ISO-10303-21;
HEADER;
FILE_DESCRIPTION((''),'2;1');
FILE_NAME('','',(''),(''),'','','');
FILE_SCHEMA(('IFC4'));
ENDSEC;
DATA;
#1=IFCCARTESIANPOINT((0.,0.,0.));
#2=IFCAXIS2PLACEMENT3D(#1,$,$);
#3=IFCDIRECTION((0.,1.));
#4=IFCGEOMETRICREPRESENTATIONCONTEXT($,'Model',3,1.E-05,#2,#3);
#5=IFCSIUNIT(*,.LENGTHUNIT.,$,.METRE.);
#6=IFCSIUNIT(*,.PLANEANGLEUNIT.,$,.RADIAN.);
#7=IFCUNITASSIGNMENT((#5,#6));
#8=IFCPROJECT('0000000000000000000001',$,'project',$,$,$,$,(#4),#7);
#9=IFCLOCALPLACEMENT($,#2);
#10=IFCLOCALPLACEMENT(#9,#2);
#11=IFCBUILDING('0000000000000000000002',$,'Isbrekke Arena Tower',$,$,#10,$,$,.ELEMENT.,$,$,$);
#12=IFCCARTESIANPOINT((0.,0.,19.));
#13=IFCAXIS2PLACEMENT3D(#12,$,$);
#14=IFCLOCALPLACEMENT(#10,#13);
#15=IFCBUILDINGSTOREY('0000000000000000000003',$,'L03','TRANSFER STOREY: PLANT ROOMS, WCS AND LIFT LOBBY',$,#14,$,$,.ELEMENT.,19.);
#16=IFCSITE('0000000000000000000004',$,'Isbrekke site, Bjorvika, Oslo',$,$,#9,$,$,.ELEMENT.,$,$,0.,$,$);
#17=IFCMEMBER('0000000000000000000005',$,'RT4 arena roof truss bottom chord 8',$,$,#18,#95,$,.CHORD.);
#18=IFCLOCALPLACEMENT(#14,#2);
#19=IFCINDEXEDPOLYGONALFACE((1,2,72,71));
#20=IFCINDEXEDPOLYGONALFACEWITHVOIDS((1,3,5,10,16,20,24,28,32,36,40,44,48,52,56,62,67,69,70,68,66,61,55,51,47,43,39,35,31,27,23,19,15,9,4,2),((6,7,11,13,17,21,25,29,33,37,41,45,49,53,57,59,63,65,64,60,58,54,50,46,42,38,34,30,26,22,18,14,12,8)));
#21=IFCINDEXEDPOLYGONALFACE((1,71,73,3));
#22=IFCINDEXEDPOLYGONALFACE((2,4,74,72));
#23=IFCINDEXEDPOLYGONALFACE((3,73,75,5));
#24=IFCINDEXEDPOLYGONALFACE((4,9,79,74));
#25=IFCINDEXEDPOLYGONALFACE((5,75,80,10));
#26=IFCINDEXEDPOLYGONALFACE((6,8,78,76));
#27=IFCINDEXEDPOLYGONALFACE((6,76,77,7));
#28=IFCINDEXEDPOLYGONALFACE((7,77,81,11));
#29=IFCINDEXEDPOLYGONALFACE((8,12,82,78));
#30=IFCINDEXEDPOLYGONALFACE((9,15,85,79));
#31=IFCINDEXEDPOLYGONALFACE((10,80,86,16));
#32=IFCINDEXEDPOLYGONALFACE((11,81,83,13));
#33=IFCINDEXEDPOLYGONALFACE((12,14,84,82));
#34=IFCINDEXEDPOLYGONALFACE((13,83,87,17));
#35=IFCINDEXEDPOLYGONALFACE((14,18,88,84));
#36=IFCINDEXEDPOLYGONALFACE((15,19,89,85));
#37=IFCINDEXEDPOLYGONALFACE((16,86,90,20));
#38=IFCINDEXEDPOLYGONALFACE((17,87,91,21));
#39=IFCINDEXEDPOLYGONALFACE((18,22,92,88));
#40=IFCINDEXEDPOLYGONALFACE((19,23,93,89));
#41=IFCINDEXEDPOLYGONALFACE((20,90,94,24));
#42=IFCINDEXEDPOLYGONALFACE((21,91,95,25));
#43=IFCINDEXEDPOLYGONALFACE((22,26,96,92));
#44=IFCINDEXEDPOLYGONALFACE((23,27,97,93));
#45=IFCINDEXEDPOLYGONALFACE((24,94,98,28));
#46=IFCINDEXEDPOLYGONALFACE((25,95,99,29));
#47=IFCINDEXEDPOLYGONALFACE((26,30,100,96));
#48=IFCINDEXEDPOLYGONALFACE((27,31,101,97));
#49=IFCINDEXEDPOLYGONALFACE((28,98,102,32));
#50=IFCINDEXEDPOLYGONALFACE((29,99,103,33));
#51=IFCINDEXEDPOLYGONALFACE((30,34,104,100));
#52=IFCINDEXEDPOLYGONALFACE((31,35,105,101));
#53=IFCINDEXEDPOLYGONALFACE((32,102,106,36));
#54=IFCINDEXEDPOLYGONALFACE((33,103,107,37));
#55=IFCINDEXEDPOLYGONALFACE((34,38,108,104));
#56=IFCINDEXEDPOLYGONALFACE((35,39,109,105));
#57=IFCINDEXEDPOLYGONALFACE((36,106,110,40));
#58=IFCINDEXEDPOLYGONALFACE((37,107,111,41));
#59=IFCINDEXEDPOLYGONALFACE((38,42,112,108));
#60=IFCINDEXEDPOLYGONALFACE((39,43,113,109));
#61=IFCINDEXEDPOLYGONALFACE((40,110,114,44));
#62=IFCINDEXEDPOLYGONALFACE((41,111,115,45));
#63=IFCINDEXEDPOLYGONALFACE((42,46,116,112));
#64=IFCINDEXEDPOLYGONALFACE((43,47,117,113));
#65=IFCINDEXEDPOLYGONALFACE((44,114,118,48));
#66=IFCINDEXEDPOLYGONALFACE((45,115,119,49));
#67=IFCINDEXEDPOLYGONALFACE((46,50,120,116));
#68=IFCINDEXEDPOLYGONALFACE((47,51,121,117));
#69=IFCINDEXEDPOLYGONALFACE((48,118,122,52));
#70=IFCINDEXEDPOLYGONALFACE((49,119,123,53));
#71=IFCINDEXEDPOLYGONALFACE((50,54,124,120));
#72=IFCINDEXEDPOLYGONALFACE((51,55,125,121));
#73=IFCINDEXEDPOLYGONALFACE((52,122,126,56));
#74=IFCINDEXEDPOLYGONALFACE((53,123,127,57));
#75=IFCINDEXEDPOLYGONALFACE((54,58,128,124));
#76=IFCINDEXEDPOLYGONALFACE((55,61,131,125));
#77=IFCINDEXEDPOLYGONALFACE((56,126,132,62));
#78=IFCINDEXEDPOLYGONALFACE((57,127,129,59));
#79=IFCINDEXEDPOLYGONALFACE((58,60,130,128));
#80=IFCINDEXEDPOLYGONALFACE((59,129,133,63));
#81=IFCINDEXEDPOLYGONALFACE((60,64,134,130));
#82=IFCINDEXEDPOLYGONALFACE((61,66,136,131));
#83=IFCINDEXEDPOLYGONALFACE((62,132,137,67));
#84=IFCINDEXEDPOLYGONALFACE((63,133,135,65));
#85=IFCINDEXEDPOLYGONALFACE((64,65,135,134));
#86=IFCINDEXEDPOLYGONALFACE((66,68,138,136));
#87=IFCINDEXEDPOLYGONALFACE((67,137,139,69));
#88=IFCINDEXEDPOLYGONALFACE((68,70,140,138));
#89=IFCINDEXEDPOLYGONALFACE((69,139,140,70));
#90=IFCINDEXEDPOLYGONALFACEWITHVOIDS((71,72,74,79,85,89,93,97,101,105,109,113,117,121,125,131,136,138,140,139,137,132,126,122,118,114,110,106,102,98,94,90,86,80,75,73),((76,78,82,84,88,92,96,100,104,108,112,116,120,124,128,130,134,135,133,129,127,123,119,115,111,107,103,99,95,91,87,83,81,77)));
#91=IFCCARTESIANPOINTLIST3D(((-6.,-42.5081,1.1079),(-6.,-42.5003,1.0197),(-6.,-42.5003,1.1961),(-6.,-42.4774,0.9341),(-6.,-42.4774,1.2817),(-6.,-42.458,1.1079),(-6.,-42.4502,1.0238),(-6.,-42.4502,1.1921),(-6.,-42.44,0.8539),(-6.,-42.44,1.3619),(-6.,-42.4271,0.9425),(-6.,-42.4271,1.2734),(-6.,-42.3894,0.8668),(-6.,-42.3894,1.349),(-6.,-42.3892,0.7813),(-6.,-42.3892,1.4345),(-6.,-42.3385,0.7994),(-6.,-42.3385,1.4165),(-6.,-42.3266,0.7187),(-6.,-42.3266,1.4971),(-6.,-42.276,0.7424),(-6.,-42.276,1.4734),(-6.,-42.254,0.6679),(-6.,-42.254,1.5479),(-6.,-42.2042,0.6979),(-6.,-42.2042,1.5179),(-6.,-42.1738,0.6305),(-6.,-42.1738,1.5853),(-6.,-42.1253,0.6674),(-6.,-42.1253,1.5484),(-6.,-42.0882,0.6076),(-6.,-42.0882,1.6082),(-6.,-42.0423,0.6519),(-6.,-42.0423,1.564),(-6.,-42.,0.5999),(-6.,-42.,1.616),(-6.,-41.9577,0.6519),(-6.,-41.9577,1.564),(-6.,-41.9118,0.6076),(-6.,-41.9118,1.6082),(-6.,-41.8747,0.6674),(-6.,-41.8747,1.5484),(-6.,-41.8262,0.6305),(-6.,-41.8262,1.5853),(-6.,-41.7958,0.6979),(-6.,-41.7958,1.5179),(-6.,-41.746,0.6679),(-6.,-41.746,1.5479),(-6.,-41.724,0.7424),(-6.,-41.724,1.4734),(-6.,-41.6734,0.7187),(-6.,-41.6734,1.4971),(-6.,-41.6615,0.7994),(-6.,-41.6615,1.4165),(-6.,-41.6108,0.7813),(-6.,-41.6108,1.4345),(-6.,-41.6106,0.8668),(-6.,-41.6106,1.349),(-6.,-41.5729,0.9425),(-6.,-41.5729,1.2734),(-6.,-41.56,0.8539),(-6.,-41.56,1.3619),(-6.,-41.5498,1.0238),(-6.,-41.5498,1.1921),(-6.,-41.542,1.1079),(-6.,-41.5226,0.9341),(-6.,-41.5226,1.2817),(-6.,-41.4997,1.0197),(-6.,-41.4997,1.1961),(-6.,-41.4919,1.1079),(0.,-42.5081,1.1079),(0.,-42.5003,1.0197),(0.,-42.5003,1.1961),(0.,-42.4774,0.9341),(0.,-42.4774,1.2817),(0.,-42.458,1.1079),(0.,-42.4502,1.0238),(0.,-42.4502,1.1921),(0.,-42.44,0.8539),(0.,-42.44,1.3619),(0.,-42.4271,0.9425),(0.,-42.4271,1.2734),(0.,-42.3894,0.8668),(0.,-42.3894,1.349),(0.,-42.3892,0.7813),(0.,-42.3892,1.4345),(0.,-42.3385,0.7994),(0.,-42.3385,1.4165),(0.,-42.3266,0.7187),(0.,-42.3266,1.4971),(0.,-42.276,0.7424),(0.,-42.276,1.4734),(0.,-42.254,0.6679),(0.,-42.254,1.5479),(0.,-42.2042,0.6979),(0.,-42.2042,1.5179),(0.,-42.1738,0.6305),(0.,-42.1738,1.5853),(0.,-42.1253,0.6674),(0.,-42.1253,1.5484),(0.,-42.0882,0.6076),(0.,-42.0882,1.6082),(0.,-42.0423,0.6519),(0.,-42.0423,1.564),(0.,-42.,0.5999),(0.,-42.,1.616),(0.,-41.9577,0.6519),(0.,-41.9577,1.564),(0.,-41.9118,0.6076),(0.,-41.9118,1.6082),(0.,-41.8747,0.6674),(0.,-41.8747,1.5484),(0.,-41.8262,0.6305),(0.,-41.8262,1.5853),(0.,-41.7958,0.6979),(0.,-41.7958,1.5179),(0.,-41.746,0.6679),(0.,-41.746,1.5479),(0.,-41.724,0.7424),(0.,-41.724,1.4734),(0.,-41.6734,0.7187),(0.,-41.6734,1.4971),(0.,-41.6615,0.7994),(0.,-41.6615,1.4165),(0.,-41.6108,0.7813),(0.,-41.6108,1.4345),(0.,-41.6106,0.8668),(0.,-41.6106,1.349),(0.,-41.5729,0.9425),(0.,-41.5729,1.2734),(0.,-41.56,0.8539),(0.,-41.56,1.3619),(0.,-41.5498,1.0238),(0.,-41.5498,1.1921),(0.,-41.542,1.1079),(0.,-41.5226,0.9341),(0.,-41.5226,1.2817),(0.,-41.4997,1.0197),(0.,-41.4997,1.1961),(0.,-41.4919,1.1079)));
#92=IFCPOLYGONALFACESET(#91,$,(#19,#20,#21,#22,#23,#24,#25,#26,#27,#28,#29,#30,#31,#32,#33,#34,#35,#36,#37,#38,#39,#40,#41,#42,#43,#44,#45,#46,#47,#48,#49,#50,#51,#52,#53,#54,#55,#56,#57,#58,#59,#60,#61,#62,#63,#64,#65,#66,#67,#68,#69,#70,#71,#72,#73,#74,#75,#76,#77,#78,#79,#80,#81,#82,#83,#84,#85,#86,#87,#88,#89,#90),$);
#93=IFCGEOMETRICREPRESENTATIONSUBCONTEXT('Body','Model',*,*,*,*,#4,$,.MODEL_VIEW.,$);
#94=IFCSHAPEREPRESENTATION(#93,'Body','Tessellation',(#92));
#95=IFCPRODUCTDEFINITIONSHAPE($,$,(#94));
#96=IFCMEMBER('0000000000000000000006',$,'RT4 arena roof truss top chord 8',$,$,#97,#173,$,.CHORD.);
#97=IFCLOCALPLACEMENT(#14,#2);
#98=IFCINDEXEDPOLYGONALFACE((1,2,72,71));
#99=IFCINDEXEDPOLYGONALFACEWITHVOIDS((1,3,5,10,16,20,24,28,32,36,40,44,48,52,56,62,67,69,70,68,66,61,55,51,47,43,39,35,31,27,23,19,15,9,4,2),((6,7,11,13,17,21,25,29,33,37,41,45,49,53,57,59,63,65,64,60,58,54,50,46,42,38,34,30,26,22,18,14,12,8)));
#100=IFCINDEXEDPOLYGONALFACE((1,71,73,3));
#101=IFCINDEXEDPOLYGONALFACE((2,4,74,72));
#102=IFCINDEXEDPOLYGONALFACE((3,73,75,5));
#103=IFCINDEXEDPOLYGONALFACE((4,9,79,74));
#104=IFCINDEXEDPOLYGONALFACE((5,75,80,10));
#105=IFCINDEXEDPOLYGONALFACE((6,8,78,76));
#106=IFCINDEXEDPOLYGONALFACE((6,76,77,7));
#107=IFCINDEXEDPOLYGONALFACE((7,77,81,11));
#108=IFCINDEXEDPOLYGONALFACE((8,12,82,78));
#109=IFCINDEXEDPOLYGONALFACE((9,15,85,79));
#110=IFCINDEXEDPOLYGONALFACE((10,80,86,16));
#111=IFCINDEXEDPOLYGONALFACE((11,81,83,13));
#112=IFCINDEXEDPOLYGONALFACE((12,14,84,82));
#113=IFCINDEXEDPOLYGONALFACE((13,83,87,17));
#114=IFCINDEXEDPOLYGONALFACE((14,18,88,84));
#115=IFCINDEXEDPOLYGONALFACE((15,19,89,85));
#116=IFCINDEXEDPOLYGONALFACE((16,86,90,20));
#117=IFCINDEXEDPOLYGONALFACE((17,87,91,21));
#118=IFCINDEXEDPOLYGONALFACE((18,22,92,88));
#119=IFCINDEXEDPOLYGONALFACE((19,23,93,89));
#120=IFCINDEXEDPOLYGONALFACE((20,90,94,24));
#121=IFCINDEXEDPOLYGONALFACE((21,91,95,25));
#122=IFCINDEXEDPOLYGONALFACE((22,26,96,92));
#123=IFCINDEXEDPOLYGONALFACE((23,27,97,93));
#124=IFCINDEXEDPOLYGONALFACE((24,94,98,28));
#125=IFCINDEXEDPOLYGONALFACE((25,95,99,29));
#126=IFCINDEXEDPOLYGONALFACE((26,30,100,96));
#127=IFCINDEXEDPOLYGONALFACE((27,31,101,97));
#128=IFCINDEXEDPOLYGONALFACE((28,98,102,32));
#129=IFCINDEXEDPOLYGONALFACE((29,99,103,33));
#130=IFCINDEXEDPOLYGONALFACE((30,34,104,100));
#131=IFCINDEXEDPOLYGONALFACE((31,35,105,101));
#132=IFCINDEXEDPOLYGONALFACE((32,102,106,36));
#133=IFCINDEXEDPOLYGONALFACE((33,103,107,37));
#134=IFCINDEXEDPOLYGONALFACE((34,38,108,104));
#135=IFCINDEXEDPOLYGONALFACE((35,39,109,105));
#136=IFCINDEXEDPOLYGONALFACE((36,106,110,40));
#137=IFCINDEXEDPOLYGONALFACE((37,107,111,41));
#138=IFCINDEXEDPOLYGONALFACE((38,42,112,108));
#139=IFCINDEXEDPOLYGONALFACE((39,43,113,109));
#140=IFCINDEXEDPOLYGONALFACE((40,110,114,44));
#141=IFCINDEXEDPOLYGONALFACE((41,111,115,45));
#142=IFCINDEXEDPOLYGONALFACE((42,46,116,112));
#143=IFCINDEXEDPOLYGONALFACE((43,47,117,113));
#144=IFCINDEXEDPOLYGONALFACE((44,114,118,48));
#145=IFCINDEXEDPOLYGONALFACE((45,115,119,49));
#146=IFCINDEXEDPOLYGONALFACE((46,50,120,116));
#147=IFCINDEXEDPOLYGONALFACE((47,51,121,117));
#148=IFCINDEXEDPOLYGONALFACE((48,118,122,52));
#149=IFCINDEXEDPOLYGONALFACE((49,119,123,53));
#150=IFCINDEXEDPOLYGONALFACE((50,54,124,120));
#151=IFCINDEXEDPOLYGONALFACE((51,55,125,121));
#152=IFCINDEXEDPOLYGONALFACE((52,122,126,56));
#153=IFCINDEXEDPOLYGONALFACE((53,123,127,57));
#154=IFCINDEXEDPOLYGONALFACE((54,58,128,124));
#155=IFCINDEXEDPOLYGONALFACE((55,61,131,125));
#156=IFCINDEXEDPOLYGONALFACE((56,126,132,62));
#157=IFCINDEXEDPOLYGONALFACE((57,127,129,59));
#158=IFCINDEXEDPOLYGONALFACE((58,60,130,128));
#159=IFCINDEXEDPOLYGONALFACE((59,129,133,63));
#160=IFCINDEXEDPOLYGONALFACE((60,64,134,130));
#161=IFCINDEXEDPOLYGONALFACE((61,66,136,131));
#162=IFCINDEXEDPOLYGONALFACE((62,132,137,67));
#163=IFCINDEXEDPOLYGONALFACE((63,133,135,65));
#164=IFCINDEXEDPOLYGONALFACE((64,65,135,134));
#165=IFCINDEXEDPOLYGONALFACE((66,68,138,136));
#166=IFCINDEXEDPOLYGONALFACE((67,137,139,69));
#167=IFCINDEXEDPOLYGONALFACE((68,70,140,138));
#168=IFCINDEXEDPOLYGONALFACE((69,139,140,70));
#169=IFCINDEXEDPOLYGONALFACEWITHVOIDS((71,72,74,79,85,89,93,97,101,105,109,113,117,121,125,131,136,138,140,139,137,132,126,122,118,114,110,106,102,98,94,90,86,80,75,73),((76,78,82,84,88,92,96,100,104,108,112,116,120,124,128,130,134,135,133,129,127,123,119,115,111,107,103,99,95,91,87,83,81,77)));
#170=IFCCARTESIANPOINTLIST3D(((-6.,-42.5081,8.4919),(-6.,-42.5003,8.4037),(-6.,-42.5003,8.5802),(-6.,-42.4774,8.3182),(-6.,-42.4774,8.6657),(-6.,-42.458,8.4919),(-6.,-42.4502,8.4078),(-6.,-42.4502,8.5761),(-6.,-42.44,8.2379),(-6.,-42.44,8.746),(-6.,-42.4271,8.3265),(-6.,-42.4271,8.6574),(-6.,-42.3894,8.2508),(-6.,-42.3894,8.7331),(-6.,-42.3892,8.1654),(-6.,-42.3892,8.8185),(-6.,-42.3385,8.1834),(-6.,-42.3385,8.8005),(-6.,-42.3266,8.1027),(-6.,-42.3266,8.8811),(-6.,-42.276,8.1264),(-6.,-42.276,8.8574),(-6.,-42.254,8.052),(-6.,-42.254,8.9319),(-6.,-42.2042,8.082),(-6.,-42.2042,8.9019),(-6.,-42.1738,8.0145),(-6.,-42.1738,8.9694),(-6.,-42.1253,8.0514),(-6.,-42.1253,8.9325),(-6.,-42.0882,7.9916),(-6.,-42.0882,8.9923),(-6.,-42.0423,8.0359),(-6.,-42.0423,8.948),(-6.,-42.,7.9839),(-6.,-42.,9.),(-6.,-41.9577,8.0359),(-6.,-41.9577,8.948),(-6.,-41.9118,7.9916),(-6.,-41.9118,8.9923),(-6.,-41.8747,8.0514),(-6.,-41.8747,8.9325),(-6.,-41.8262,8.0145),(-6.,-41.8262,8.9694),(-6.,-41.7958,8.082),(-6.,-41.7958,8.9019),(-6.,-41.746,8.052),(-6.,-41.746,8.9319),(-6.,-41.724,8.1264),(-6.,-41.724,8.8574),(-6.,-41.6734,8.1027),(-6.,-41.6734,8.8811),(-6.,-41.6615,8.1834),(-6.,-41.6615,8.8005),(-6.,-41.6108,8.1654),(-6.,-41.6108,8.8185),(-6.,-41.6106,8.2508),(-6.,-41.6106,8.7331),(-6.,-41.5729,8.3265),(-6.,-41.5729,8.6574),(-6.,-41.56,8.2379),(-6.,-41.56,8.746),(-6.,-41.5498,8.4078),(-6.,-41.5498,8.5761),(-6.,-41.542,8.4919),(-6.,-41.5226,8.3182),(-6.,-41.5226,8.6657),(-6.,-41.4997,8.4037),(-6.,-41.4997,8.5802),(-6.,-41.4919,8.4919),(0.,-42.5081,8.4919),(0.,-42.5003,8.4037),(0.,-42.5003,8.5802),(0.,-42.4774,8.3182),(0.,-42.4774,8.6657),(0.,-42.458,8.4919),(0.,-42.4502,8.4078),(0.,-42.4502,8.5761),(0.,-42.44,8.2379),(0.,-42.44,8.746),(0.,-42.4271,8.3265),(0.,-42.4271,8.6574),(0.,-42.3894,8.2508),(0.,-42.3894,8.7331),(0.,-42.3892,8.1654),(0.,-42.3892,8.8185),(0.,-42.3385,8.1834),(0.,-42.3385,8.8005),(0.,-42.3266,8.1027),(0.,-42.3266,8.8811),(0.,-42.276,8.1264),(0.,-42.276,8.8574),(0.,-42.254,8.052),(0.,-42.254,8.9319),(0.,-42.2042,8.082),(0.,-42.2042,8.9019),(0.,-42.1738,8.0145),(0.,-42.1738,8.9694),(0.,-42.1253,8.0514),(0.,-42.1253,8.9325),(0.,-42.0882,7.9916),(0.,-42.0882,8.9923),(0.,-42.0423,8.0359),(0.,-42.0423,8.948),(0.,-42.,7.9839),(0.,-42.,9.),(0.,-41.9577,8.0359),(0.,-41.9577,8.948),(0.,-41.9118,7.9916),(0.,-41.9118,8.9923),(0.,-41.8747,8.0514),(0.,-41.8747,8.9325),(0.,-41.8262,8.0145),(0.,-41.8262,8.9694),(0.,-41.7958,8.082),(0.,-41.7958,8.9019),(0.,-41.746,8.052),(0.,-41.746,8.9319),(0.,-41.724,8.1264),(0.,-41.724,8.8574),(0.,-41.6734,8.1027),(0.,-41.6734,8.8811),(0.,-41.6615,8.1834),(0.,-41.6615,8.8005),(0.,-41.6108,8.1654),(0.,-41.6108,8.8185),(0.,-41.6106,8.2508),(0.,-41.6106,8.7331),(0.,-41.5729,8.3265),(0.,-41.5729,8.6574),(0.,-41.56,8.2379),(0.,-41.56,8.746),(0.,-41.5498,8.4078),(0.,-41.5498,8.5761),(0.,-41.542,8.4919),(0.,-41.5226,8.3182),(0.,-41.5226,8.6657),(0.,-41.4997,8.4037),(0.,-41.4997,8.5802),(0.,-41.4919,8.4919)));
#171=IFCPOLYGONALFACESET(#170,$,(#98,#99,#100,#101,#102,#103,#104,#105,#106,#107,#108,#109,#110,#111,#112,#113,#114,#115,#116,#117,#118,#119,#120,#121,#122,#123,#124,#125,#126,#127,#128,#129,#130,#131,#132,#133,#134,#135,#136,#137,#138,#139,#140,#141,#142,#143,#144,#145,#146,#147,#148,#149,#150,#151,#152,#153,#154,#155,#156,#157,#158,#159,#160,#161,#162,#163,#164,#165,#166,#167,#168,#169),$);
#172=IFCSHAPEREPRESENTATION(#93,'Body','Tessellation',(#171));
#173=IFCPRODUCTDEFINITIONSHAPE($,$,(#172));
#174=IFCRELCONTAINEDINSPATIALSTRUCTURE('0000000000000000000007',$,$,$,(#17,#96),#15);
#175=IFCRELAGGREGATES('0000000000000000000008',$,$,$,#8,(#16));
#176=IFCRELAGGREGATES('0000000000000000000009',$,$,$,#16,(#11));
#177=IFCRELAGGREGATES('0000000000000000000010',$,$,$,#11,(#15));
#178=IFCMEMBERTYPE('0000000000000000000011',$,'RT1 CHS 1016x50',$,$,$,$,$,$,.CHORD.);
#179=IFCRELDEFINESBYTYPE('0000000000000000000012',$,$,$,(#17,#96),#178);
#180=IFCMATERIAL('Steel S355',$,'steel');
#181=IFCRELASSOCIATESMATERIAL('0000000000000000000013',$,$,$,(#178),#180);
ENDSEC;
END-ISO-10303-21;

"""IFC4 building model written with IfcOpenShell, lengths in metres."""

from ifc_helpers import new_model, si_unit, direction, frame, origin, origin_2d, place, context, subcontext, project, spatial, hollow_circle, extrude, material, material_profile, profile_set, type_object, element, save


model = new_model("IFC4")

# Units and contexts
model_context = context("Model", 3, precision=1e-05, world=origin(), true_north=direction((0.0, 1.0)))
body_context = subcontext(model_context, "Body", "Model", "MODEL_VIEW")
ifc_project = project(units=[si_unit("LENGTHUNIT", "METRE"), si_unit("PLANEANGLEUNIT", "RADIAN")], contexts=[model_context])

# Site, building, storey
site_placement = place(None, origin())
site = spatial("IfcSite", under=ifc_project, at=site_placement, Name="Isbrekke site, Bjorvika, Oslo", CompositionType="ELEMENT", RefElevation=0.0)
building_placement = place(site_placement, origin())
building = spatial("IfcBuilding", under=site, at=building_placement, Name="Isbrekke Arena Tower", CompositionType="ELEMENT")
storey_placement = place(building_placement, frame((0.0, 0.0, 19.0)))
storey = spatial("IfcBuildingStorey", under=building, at=storey_placement, Name="L03", Description="TRANSFER STOREY: PLANT ROOMS, WCS AND LIFT LOBBY", CompositionType="ELEMENT", Elevation=19.0)

# Members
ifc_material_1 = material(Name="Steel S355", Category="steel")
ifc_material_profile_1 = material_profile(ifc_material_1, hollow_circle(Radius=0.5081, WallThickness=0.05, at=origin_2d()), Name="CHS 1016x50")
ifc_profile_set_1 = profile_set([ifc_material_profile_1], Name="Steel S355")
member_type_1 = type_object("IfcMemberType", Name="RT1 CHS 1016x50", PredefinedType="CHORD", material=ifc_profile_set_1)
for number, where, z_axis, x_axis, name in (
    (1, (-6.0, -42.0, 1.1079), (1.0, 0.0, 0.0), (0.0, 1.0, 0.0), "RT4 arena roof truss bottom chord 8"),
    (2, (-6.0, -42.0, 8.4919), (1.0, 0.0, 0.0), (0.0, 1.0, 0.0), "RT4 arena roof truss top chord 8"),
):
    element("IfcMember", number, at=place(storey_placement, frame(where, z_axis=z_axis, x_axis=x_axis)), inside=storey, type_object=member_type_1, Name=name, PredefinedType="CHORD", context=body_context, shape_type="SweptSolid", body=[
        extrude(hollow_circle(Radius=0.5081, WallThickness=0.05, at=origin_2d()), origin(), (0.0, 0.0, 1.0), 6.0),
    ])

save(model, "model.ifc")
